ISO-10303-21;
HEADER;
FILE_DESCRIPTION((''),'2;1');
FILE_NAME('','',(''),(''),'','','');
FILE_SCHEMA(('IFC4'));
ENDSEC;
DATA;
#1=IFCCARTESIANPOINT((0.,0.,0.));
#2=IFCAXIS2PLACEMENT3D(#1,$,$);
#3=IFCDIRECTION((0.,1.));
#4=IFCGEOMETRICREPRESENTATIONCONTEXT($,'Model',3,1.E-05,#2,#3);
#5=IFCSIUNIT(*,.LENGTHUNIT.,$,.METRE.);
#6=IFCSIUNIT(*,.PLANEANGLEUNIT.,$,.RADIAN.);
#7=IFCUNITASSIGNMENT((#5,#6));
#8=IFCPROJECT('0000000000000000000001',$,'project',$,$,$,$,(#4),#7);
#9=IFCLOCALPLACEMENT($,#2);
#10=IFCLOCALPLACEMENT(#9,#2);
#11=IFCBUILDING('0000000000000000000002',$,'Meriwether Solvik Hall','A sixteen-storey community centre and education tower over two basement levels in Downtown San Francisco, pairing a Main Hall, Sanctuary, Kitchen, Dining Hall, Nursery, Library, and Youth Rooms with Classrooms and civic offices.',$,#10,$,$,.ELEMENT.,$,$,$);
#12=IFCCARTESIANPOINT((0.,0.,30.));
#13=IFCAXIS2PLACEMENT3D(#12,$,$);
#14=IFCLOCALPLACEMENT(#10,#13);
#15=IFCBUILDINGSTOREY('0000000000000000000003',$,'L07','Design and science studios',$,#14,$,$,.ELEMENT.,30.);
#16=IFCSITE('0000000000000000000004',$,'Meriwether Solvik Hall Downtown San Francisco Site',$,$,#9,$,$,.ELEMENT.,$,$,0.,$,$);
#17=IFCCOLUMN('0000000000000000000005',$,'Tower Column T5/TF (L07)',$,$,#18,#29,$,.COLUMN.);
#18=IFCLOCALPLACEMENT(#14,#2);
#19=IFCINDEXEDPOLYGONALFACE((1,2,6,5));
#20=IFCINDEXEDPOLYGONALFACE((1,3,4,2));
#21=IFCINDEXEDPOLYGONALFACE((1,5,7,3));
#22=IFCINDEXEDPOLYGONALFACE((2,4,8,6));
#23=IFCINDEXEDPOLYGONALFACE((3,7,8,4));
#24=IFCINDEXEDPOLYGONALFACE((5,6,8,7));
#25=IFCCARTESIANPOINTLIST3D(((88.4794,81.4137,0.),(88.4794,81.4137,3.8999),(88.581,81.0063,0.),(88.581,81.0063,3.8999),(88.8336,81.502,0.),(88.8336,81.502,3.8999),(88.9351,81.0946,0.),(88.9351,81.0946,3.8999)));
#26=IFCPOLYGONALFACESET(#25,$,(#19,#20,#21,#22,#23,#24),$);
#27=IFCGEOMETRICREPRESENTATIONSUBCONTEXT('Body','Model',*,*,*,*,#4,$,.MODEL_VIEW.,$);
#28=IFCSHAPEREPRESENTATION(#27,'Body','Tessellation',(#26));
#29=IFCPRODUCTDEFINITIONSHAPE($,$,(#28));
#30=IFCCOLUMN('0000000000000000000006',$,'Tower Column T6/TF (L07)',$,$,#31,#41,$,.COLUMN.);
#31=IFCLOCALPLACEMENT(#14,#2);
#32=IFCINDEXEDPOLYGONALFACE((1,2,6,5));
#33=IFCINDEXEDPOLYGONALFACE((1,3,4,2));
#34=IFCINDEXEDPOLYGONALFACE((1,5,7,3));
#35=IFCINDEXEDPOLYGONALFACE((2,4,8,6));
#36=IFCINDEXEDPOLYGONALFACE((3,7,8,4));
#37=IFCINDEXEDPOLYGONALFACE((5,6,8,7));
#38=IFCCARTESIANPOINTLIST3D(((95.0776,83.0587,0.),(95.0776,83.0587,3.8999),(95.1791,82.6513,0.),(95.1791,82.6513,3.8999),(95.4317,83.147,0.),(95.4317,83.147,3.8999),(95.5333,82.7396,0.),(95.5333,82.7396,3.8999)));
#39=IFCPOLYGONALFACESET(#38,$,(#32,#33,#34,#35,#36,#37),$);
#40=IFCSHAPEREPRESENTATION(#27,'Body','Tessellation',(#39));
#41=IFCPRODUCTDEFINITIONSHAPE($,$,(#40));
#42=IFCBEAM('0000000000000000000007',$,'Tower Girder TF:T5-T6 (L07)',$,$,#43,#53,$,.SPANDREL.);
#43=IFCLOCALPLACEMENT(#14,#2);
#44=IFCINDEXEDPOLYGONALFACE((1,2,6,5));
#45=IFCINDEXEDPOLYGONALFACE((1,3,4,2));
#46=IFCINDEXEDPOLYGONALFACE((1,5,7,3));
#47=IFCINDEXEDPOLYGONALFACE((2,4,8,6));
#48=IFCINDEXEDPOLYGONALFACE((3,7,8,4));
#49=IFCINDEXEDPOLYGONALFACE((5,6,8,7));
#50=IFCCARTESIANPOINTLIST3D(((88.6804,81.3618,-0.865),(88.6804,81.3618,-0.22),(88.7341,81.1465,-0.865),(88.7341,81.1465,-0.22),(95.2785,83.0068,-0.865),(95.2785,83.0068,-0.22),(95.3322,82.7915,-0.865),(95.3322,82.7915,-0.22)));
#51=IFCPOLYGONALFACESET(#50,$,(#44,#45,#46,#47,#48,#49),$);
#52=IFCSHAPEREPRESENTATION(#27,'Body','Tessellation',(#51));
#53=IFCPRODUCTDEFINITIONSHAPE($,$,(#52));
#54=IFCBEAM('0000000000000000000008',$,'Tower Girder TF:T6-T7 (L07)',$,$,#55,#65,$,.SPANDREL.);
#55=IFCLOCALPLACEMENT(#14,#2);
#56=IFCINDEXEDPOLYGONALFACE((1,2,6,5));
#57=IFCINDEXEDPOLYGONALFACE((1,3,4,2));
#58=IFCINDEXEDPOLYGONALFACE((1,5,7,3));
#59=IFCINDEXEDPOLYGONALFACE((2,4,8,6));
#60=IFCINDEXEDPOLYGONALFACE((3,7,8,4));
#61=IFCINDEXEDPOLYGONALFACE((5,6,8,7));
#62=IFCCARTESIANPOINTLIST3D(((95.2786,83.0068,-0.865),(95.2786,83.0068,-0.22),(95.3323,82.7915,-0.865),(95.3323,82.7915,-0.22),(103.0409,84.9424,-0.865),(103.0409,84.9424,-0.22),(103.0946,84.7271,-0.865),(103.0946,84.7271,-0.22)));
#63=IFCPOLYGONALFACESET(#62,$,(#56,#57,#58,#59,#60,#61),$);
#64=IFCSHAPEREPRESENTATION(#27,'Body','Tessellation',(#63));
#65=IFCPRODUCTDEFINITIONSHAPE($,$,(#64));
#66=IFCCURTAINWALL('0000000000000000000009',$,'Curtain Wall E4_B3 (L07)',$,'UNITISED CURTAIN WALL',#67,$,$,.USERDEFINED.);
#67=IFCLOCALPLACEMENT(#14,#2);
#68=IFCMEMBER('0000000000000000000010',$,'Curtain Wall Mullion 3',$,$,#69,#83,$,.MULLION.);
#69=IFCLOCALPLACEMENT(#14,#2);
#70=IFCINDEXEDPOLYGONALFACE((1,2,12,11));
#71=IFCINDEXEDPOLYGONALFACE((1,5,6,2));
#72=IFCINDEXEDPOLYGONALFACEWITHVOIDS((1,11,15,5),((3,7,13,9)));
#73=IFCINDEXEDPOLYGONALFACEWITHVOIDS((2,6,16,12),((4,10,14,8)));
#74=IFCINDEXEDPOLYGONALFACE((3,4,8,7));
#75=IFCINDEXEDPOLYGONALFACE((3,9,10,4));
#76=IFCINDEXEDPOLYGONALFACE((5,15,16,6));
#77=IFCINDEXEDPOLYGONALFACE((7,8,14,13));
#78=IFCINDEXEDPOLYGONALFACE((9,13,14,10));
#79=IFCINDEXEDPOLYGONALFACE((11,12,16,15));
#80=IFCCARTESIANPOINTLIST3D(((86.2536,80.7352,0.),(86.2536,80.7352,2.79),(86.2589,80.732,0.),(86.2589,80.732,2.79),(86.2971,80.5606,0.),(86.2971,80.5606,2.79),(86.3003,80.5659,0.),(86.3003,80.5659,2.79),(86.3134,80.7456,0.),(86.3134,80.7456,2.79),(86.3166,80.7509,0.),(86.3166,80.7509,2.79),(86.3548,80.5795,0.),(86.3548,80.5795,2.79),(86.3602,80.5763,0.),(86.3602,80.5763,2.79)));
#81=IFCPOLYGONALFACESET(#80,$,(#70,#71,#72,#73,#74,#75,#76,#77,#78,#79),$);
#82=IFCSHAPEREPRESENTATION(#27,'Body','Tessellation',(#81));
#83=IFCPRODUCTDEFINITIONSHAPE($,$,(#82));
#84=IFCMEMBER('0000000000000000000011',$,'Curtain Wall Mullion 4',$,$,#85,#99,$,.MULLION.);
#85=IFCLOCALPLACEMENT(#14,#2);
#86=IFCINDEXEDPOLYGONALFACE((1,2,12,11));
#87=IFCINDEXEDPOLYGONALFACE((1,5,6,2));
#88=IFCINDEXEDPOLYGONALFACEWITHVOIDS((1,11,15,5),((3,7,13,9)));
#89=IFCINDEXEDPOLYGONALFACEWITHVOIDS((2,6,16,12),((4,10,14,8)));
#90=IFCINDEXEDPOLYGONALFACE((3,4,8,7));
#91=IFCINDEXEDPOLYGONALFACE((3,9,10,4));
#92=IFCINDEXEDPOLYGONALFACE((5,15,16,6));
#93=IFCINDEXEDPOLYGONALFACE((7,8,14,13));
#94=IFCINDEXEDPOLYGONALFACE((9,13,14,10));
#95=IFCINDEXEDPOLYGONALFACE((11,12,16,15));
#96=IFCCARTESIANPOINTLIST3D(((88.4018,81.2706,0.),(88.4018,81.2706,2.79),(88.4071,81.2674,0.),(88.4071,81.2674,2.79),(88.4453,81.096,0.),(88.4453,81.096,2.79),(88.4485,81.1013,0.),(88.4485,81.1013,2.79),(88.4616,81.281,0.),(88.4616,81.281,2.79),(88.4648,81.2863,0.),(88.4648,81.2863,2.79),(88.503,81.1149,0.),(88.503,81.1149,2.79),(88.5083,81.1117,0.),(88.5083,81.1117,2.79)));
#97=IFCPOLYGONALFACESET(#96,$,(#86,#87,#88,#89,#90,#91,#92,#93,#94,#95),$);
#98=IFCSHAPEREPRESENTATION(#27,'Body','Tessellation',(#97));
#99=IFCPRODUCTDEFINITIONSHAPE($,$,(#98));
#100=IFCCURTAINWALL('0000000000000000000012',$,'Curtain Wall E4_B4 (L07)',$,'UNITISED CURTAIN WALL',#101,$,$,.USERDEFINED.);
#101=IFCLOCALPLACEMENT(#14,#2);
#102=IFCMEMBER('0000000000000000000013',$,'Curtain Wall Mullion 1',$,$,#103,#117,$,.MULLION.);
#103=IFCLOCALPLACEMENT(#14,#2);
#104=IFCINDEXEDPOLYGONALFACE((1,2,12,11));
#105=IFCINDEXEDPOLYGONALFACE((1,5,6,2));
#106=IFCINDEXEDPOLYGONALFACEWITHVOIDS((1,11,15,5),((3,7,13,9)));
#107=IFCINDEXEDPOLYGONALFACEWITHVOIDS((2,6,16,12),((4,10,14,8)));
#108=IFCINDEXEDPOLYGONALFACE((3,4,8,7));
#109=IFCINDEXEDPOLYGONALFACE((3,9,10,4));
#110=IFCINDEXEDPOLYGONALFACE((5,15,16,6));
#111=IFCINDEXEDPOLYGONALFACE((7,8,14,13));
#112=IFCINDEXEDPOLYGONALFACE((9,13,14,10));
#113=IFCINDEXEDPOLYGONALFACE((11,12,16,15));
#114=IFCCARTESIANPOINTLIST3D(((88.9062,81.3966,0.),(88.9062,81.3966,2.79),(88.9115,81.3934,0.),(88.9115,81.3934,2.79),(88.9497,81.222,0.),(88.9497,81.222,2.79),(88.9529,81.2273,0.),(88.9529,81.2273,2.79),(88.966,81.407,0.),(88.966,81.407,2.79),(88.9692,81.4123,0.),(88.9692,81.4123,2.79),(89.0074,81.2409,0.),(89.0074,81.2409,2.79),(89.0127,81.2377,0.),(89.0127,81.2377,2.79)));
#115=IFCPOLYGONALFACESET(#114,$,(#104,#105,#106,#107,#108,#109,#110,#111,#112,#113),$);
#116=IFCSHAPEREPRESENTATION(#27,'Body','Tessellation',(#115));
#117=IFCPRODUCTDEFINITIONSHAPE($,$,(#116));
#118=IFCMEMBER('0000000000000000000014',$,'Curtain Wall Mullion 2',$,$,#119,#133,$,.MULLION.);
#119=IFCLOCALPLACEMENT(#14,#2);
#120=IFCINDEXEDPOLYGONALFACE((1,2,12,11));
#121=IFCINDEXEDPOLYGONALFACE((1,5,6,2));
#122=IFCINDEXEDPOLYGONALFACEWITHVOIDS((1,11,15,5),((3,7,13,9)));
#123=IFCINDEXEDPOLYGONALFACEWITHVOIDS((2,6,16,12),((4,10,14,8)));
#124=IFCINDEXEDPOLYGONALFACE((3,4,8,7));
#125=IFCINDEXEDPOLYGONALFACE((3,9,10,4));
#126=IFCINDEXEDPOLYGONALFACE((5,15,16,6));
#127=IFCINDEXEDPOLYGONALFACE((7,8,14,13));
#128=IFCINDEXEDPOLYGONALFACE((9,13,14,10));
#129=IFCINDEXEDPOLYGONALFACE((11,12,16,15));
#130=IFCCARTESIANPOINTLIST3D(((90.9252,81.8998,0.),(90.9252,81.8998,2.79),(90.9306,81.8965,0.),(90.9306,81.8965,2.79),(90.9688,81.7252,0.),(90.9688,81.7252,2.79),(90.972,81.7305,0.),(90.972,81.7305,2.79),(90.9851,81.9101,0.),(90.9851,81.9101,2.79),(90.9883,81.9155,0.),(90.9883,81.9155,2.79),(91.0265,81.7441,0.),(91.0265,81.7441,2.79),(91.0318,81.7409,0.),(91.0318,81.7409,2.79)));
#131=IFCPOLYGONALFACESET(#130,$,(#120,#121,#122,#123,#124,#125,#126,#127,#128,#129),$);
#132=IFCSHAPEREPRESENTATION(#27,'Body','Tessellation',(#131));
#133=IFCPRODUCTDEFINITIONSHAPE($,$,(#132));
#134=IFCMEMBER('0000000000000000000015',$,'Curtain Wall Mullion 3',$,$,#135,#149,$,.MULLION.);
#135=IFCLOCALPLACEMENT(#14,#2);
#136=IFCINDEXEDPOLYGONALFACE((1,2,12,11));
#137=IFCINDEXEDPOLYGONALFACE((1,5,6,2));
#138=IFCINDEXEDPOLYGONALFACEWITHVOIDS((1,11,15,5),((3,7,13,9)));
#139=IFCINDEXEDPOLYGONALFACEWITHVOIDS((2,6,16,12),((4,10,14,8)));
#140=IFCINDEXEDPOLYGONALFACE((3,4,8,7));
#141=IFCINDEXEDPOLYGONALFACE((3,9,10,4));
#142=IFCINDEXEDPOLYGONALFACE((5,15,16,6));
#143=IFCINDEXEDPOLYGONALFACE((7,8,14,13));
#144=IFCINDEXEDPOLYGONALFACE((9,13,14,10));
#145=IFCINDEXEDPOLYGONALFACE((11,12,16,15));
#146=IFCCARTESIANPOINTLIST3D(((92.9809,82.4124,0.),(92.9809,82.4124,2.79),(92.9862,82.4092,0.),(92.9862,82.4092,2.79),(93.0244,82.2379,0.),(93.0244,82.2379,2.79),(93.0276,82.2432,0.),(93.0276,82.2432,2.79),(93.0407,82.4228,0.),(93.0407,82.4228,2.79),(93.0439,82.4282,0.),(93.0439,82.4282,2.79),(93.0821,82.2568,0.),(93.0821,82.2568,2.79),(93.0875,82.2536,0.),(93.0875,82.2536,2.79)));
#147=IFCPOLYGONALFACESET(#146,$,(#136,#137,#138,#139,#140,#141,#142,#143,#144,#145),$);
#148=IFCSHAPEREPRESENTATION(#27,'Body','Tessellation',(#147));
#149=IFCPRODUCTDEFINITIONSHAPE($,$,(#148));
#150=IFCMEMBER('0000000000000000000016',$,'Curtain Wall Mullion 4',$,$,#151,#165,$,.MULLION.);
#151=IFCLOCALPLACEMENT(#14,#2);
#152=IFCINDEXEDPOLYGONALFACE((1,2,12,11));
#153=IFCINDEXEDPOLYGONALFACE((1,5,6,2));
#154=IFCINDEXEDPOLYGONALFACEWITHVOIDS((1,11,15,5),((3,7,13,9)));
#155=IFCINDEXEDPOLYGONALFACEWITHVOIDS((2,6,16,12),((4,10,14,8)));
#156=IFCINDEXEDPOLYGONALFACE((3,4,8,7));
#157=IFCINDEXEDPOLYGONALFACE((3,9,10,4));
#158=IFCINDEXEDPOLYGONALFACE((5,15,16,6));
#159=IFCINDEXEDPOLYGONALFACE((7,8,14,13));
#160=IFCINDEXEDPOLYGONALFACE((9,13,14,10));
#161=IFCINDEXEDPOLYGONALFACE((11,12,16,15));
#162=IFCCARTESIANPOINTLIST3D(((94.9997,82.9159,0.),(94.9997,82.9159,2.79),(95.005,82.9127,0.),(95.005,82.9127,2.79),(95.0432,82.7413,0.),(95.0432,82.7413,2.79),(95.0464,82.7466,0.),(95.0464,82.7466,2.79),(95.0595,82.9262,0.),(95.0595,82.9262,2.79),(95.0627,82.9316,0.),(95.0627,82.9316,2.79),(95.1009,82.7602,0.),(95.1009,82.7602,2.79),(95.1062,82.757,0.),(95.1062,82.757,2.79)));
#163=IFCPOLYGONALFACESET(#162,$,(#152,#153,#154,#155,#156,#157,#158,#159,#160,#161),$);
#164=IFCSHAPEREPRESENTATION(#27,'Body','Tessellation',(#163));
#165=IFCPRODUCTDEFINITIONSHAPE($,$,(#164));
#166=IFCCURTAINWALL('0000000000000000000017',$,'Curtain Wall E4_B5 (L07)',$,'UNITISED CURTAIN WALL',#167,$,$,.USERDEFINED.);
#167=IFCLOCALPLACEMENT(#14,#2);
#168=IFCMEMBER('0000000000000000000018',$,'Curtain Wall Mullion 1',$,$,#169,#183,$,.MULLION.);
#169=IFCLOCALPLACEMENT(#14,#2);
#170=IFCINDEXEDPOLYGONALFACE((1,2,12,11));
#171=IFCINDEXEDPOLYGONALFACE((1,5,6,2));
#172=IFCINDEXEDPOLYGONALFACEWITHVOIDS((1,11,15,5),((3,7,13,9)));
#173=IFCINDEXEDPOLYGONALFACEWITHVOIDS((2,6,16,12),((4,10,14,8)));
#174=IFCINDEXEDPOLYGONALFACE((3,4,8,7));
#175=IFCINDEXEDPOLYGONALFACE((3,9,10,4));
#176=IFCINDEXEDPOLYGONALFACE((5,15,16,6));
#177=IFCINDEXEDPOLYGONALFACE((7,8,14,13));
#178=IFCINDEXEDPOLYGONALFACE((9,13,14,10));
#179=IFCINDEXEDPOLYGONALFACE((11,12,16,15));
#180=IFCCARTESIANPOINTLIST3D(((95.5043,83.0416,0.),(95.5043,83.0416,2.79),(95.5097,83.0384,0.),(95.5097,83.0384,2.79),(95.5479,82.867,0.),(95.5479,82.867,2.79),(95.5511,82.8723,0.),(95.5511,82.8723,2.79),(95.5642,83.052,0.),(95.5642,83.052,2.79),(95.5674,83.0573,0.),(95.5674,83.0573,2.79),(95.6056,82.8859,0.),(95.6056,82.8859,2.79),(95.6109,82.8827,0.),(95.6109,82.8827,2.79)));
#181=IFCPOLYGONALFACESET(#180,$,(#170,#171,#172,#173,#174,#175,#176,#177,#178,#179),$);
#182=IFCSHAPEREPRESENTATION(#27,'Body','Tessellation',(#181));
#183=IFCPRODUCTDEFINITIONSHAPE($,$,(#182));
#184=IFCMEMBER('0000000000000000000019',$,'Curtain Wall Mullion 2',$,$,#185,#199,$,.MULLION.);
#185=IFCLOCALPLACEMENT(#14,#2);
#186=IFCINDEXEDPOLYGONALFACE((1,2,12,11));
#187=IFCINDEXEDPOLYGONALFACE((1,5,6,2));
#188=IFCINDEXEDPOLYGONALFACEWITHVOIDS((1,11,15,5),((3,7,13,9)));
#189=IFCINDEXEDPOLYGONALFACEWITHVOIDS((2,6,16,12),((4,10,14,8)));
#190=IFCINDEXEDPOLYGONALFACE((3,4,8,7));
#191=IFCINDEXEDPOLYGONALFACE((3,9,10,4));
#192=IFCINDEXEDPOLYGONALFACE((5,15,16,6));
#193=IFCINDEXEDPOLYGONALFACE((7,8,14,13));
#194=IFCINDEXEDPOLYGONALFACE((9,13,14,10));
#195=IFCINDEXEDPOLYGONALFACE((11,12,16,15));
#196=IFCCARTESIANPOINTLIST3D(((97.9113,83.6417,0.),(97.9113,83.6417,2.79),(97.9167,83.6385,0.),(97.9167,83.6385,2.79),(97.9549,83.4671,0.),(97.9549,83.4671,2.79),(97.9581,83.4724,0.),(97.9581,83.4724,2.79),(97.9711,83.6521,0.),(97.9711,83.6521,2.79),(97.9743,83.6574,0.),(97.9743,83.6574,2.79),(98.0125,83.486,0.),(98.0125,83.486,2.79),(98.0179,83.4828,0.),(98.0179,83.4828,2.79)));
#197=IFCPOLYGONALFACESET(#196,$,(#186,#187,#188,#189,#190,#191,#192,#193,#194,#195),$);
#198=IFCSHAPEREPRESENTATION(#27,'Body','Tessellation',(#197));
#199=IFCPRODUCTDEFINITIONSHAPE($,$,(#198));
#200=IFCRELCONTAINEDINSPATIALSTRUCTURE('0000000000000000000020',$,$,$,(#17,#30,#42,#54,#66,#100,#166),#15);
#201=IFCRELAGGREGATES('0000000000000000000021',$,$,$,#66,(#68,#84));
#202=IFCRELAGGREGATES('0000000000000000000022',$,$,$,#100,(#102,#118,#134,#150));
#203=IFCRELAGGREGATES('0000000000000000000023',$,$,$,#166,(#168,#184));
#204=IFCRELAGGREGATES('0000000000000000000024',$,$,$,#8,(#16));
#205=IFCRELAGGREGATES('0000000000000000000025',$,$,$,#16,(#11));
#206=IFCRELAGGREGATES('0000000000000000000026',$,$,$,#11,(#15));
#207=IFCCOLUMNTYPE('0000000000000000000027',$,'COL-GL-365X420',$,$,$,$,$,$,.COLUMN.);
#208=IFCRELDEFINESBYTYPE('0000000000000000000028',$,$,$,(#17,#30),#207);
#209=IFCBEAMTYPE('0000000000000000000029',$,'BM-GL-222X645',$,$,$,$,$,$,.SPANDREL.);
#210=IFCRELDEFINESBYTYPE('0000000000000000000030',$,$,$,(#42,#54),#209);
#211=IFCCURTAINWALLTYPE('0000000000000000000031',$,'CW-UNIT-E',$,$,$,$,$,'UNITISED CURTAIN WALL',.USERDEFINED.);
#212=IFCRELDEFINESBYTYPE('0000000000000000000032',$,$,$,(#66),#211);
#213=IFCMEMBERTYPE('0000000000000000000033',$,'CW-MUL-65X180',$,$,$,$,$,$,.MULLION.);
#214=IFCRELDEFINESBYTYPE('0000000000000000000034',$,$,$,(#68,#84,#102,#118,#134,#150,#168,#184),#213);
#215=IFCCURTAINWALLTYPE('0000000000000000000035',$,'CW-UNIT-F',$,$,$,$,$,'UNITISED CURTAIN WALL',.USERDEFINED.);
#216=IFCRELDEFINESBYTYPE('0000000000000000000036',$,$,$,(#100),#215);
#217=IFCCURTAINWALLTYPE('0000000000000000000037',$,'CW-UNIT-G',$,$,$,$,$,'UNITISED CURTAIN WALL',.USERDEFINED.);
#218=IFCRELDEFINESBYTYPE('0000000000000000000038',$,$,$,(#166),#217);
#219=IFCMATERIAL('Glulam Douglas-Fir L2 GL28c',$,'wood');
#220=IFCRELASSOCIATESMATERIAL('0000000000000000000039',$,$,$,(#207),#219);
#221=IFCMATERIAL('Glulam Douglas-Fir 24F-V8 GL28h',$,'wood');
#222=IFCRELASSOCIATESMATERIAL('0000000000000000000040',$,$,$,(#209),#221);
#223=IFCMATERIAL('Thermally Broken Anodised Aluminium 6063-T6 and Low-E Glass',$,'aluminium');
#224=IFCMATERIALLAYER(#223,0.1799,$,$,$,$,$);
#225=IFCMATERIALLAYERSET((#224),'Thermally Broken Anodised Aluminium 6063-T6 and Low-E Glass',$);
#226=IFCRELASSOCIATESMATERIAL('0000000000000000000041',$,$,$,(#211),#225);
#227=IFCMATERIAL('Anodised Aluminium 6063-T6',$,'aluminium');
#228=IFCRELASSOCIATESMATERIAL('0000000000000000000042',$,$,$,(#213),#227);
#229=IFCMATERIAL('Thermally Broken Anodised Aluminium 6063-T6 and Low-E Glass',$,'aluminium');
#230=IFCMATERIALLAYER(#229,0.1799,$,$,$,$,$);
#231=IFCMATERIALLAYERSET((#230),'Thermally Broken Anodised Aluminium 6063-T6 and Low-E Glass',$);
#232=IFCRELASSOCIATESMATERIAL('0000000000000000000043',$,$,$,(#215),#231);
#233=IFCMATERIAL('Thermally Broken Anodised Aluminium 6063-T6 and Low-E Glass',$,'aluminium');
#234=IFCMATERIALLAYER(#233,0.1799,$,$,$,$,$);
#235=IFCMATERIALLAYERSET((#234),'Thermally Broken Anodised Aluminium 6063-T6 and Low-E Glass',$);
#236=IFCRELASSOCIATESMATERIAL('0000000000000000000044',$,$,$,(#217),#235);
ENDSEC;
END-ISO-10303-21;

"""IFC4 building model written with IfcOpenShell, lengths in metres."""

from ifc_helpers import new_model, si_unit, direction, frame, origin, origin_2d, place, context, subcontext, project, spatial, rectangle, hollow_rectangle, extrude, material, layer, layer_set, material_profile, profile_set, type_object, element, aggregate, save


model = new_model("IFC4")

# Units and contexts
model_context = context("Model", 3, precision=1e-05, world=origin(), true_north=direction((0.0, 1.0)))
body_context = subcontext(model_context, "Body", "Model", "MODEL_VIEW")
ifc_project = project(units=[si_unit("LENGTHUNIT", "METRE"), si_unit("PLANEANGLEUNIT", "RADIAN")], contexts=[model_context])

# Site, building, storey
site_placement = place(None, origin())
site = spatial("IfcSite", under=ifc_project, at=site_placement, Name="Meriwether Solvik Hall Downtown San Francisco Site", CompositionType="ELEMENT", RefElevation=0.0)
building_placement = place(site_placement, origin())
building = spatial("IfcBuilding", under=site, at=building_placement, Name="Meriwether Solvik Hall", Description="A sixteen-storey community centre and education tower over two basement levels in Downtown San Francisco, pairing a Main Hall, Sanctuary, Kitchen, Dining Hall, Nursery, Library, and Youth Rooms with Classrooms and civic offices.", CompositionType="ELEMENT")
storey_placement = place(building_placement, frame((0.0, 0.0, 30.0)))
storey = spatial("IfcBuildingStorey", under=building, at=storey_placement, Name="L07", Description="Design and science studios", CompositionType="ELEMENT", Elevation=30.0)

# Columns
ifc_material_1 = material(Name="Glulam Douglas-Fir L2 GL28c", Category="wood")
ifc_material_profile_1 = material_profile(ifc_material_1, rectangle(XDim=0.365, YDim=0.4199, at=origin_2d()), Name="GLC-365X420")
ifc_profile_set_1 = profile_set([ifc_material_profile_1], Name="Glulam Douglas-Fir L2 GL28c")
column_type = type_object("IfcColumnType", Name="COL-GL-365X420", PredefinedType="COLUMN", material=ifc_profile_set_1)
for number, where, z_axis, x_axis, name in (
    (1, (88.7073, 81.2542, 0.0), (0.0, 0.0, 1.0), (0.970296, 0.241922, 0.0), "Tower Column T5/TF (L07)"),
    (2, (95.3054, 82.8992, 0.0), (0.0, 0.0, 1.0), (0.970296, 0.241922, 0.0), "Tower Column T6/TF (L07)"),
):
    element("IfcColumn", number, at=place(storey_placement, frame(where, z_axis=z_axis, x_axis=x_axis)), inside=storey, type_object=column_type, Name=name, PredefinedType="COLUMN", context=body_context, shape_type="SweptSolid", body=[
        extrude(rectangle(XDim=0.365, YDim=0.4199, at=origin_2d()), origin(), (0.0, 0.0, 1.0), 3.8999),
    ])

# Beams
ifc_material_2 = material(Name="Glulam Douglas-Fir 24F-V8 GL28h", Category="wood")
ifc_material_profile_2 = material_profile(ifc_material_2, rectangle(XDim=0.2219, YDim=0.645, at=origin_2d()), Name="GLB-222X645")
ifc_profile_set_2 = profile_set([ifc_material_profile_2], Name="Glulam Douglas-Fir 24F-V8 GL28h")
beam_type = type_object("IfcBeamType", Name="BM-GL-222X645", PredefinedType="SPANDREL", material=ifc_profile_set_2)
beam_1_placement = place(storey_placement, frame((88.7073, 81.2542, -0.5425), z_axis=(0.970299, 0.24191, 0.0), x_axis=(-0.24191, 0.970299, 0.0)))
element("IfcBeam", 3, at=beam_1_placement, inside=storey, type_object=beam_type, Name="Tower Girder TF:T5-T6 (L07)", PredefinedType="SPANDREL", context=body_context, shape_type="SweptSolid", body=[
    extrude(rectangle(XDim=0.2219, YDim=0.645, at=origin_2d()), origin(), (0.0, 0.0, 1.0), 6.8),
])
beam_2_placement = place(storey_placement, frame((95.3054, 82.8992, -0.5425), z_axis=(0.97029, 0.241947, 0.0), x_axis=(-0.241947, 0.97029, 0.0)))
element("IfcBeam", 4, at=beam_2_placement, inside=storey, type_object=beam_type, Name="Tower Girder TF:T6-T7 (L07)", PredefinedType="SPANDREL", context=body_context, shape_type="SweptSolid", body=[
    extrude(rectangle(XDim=0.2219, YDim=0.645, at=origin_2d()), origin(), (0.0, 0.0, 1.0), 8.0),
])

# Curtain walls, members
ifc_material_3 = material(Name="Thermally Broken Anodised Aluminium 6063-T6 and Low-E Glass", Category="aluminium")
ifc_layer_1 = layer(ifc_material_3, 0.1799)
ifc_layer_set_1 = layer_set([ifc_layer_1], Name="Thermally Broken Anodised Aluminium 6063-T6 and Low-E Glass")
curtain_wall_type_1 = type_object("IfcCurtainWallType", Name="CW-UNIT-E", ElementType="UNITISED CURTAIN WALL", PredefinedType="USERDEFINED", material=ifc_layer_set_1)
curtain_wall_1_placement = place(storey_placement, origin())
curtain_wall_1 = element("IfcCurtainWall", 5, at=curtain_wall_1_placement, inside=storey, type_object=curtain_wall_type_1, Name="Curtain Wall E4_B3 (L07)", ObjectType="UNITISED CURTAIN WALL", PredefinedType="USERDEFINED")
ifc_material_4 = material(Name="Anodised Aluminium 6063-T6", Category="aluminium")
ifc_material_profile_3 = material_profile(ifc_material_4, hollow_rectangle(XDim=0.0649, YDim=0.1799, WallThickness=0.0044, at=origin_2d()), Name="CWM-65X180")
ifc_profile_set_3 = profile_set([ifc_material_profile_3], Name="Anodised Aluminium 6063-T6")
member_type_1 = type_object("IfcMemberType", Name="CW-MUL-65X180", PredefinedType="MULLION", material=ifc_profile_set_3)
member_1_placement = place(storey_placement, frame((86.3069, 80.6558, 0.0), z_axis=(0.0, 0.0, 1.0), x_axis=(0.970296, 0.241922, 0.0)))
member_1 = element("IfcMember", 6, at=member_1_placement, type_object=member_type_1, Name="Curtain Wall Mullion 3", PredefinedType="MULLION", context=body_context, shape_type="SweptSolid", body=[
    extrude(hollow_rectangle(XDim=0.0649, YDim=0.1799, WallThickness=0.0044, at=origin_2d()), origin(), (0.0, 0.0, 1.0), 2.79),
])
member_2_placement = place(storey_placement, frame((88.4551, 81.1912, 0.0), z_axis=(0.0, 0.0, 1.0), x_axis=(0.970296, 0.241922, 0.0)))
member_2 = element("IfcMember", 7, at=member_2_placement, type_object=member_type_1, Name="Curtain Wall Mullion 4", PredefinedType="MULLION", context=body_context, shape_type="SweptSolid", body=[
    extrude(hollow_rectangle(XDim=0.0649, YDim=0.1799, WallThickness=0.0044, at=origin_2d()), origin(), (0.0, 0.0, 1.0), 2.79),
])
ifc_material_5 = material(Name="Thermally Broken Anodised Aluminium 6063-T6 and Low-E Glass", Category="aluminium")
ifc_layer_2 = layer(ifc_material_5, 0.1799)
ifc_layer_set_2 = layer_set([ifc_layer_2], Name="Thermally Broken Anodised Aluminium 6063-T6 and Low-E Glass")
curtain_wall_type_2 = type_object("IfcCurtainWallType", Name="CW-UNIT-F", ElementType="UNITISED CURTAIN WALL", PredefinedType="USERDEFINED", material=ifc_layer_set_2)
curtain_wall_2_placement = place(storey_placement, origin())
curtain_wall_2 = element("IfcCurtainWall", 8, at=curtain_wall_2_placement, inside=storey, type_object=curtain_wall_type_2, Name="Curtain Wall E4_B4 (L07)", ObjectType="UNITISED CURTAIN WALL", PredefinedType="USERDEFINED")
member_3_placement = place(storey_placement, frame((88.9595, 81.3171, 0.0), z_axis=(0.0, 0.0, 1.0), x_axis=(0.970296, 0.241922, 0.0)))
member_3 = element("IfcMember", 9, at=member_3_placement, type_object=member_type_1, Name="Curtain Wall Mullion 1", PredefinedType="MULLION", context=body_context, shape_type="SweptSolid", body=[
    extrude(hollow_rectangle(XDim=0.0649, YDim=0.1799, WallThickness=0.0044, at=origin_2d()), origin(), (0.0, 0.0, 1.0), 2.79),
])
member_4_placement = place(storey_placement, frame((90.9785, 81.8203, 0.0), z_axis=(0.0, 0.0, 1.0), x_axis=(0.970296, 0.241922, 0.0)))
member_4 = element("IfcMember", 10, at=member_4_placement, type_object=member_type_1, Name="Curtain Wall Mullion 2", PredefinedType="MULLION", context=body_context, shape_type="SweptSolid", body=[
    extrude(hollow_rectangle(XDim=0.0649, YDim=0.1799, WallThickness=0.0044, at=origin_2d()), origin(), (0.0, 0.0, 1.0), 2.79),
])
member_5_placement = place(storey_placement, frame((93.0342, 82.333, 0.0), z_axis=(0.0, 0.0, 1.0), x_axis=(0.970296, 0.241922, 0.0)))
member_5 = element("IfcMember", 11, at=member_5_placement, type_object=member_type_1, Name="Curtain Wall Mullion 3", PredefinedType="MULLION", context=body_context, shape_type="SweptSolid", body=[
    extrude(hollow_rectangle(XDim=0.0649, YDim=0.1799, WallThickness=0.0044, at=origin_2d()), origin(), (0.0, 0.0, 1.0), 2.79),
])
member_6_placement = place(storey_placement, frame((95.053, 82.8364, 0.0), z_axis=(0.0, 0.0, 1.0), x_axis=(0.970296, 0.241922, 0.0)))
member_6 = element("IfcMember", 12, at=member_6_placement, type_object=member_type_1, Name="Curtain Wall Mullion 4", PredefinedType="MULLION", context=body_context, shape_type="SweptSolid", body=[
    extrude(hollow_rectangle(XDim=0.0649, YDim=0.1799, WallThickness=0.0044, at=origin_2d()), origin(), (0.0, 0.0, 1.0), 2.79),
])
ifc_material_6 = material(Name="Thermally Broken Anodised Aluminium 6063-T6 and Low-E Glass", Category="aluminium")
ifc_layer_3 = layer(ifc_material_6, 0.1799)
ifc_layer_set_3 = layer_set([ifc_layer_3], Name="Thermally Broken Anodised Aluminium 6063-T6 and Low-E Glass")
curtain_wall_type_3 = type_object("IfcCurtainWallType", Name="CW-UNIT-G", ElementType="UNITISED CURTAIN WALL", PredefinedType="USERDEFINED", material=ifc_layer_set_3)
curtain_wall_3_placement = place(storey_placement, origin())
curtain_wall_3 = element("IfcCurtainWall", 13, at=curtain_wall_3_placement, inside=storey, type_object=curtain_wall_type_3, Name="Curtain Wall E4_B5 (L07)", ObjectType="UNITISED CURTAIN WALL", PredefinedType="USERDEFINED")
member_7_placement = place(storey_placement, frame((95.5576, 82.9622, 0.0), z_axis=(0.0, 0.0, 1.0), x_axis=(0.970296, 0.241922, 0.0)))
member_7 = element("IfcMember", 14, at=member_7_placement, type_object=member_type_1, Name="Curtain Wall Mullion 1", PredefinedType="MULLION", context=body_context, shape_type="SweptSolid", body=[
    extrude(hollow_rectangle(XDim=0.0649, YDim=0.1799, WallThickness=0.0044, at=origin_2d()), origin(), (0.0, 0.0, 1.0), 2.79),
])
member_8_placement = place(storey_placement, frame((97.9646, 83.5623, 0.0), z_axis=(0.0, 0.0, 1.0), x_axis=(0.970296, 0.241922, 0.0)))
member_8 = element("IfcMember", 15, at=member_8_placement, type_object=member_type_1, Name="Curtain Wall Mullion 2", PredefinedType="MULLION", context=body_context, shape_type="SweptSolid", body=[
    extrude(hollow_rectangle(XDim=0.0649, YDim=0.1799, WallThickness=0.0044, at=origin_2d()), origin(), (0.0, 0.0, 1.0), 2.79),
])

aggregate(curtain_wall_1, [member_1, member_2])
aggregate(curtain_wall_2, [member_3, member_4, member_5, member_6])
aggregate(curtain_wall_3, [member_7, member_8])

save(model, "model.ifc")
